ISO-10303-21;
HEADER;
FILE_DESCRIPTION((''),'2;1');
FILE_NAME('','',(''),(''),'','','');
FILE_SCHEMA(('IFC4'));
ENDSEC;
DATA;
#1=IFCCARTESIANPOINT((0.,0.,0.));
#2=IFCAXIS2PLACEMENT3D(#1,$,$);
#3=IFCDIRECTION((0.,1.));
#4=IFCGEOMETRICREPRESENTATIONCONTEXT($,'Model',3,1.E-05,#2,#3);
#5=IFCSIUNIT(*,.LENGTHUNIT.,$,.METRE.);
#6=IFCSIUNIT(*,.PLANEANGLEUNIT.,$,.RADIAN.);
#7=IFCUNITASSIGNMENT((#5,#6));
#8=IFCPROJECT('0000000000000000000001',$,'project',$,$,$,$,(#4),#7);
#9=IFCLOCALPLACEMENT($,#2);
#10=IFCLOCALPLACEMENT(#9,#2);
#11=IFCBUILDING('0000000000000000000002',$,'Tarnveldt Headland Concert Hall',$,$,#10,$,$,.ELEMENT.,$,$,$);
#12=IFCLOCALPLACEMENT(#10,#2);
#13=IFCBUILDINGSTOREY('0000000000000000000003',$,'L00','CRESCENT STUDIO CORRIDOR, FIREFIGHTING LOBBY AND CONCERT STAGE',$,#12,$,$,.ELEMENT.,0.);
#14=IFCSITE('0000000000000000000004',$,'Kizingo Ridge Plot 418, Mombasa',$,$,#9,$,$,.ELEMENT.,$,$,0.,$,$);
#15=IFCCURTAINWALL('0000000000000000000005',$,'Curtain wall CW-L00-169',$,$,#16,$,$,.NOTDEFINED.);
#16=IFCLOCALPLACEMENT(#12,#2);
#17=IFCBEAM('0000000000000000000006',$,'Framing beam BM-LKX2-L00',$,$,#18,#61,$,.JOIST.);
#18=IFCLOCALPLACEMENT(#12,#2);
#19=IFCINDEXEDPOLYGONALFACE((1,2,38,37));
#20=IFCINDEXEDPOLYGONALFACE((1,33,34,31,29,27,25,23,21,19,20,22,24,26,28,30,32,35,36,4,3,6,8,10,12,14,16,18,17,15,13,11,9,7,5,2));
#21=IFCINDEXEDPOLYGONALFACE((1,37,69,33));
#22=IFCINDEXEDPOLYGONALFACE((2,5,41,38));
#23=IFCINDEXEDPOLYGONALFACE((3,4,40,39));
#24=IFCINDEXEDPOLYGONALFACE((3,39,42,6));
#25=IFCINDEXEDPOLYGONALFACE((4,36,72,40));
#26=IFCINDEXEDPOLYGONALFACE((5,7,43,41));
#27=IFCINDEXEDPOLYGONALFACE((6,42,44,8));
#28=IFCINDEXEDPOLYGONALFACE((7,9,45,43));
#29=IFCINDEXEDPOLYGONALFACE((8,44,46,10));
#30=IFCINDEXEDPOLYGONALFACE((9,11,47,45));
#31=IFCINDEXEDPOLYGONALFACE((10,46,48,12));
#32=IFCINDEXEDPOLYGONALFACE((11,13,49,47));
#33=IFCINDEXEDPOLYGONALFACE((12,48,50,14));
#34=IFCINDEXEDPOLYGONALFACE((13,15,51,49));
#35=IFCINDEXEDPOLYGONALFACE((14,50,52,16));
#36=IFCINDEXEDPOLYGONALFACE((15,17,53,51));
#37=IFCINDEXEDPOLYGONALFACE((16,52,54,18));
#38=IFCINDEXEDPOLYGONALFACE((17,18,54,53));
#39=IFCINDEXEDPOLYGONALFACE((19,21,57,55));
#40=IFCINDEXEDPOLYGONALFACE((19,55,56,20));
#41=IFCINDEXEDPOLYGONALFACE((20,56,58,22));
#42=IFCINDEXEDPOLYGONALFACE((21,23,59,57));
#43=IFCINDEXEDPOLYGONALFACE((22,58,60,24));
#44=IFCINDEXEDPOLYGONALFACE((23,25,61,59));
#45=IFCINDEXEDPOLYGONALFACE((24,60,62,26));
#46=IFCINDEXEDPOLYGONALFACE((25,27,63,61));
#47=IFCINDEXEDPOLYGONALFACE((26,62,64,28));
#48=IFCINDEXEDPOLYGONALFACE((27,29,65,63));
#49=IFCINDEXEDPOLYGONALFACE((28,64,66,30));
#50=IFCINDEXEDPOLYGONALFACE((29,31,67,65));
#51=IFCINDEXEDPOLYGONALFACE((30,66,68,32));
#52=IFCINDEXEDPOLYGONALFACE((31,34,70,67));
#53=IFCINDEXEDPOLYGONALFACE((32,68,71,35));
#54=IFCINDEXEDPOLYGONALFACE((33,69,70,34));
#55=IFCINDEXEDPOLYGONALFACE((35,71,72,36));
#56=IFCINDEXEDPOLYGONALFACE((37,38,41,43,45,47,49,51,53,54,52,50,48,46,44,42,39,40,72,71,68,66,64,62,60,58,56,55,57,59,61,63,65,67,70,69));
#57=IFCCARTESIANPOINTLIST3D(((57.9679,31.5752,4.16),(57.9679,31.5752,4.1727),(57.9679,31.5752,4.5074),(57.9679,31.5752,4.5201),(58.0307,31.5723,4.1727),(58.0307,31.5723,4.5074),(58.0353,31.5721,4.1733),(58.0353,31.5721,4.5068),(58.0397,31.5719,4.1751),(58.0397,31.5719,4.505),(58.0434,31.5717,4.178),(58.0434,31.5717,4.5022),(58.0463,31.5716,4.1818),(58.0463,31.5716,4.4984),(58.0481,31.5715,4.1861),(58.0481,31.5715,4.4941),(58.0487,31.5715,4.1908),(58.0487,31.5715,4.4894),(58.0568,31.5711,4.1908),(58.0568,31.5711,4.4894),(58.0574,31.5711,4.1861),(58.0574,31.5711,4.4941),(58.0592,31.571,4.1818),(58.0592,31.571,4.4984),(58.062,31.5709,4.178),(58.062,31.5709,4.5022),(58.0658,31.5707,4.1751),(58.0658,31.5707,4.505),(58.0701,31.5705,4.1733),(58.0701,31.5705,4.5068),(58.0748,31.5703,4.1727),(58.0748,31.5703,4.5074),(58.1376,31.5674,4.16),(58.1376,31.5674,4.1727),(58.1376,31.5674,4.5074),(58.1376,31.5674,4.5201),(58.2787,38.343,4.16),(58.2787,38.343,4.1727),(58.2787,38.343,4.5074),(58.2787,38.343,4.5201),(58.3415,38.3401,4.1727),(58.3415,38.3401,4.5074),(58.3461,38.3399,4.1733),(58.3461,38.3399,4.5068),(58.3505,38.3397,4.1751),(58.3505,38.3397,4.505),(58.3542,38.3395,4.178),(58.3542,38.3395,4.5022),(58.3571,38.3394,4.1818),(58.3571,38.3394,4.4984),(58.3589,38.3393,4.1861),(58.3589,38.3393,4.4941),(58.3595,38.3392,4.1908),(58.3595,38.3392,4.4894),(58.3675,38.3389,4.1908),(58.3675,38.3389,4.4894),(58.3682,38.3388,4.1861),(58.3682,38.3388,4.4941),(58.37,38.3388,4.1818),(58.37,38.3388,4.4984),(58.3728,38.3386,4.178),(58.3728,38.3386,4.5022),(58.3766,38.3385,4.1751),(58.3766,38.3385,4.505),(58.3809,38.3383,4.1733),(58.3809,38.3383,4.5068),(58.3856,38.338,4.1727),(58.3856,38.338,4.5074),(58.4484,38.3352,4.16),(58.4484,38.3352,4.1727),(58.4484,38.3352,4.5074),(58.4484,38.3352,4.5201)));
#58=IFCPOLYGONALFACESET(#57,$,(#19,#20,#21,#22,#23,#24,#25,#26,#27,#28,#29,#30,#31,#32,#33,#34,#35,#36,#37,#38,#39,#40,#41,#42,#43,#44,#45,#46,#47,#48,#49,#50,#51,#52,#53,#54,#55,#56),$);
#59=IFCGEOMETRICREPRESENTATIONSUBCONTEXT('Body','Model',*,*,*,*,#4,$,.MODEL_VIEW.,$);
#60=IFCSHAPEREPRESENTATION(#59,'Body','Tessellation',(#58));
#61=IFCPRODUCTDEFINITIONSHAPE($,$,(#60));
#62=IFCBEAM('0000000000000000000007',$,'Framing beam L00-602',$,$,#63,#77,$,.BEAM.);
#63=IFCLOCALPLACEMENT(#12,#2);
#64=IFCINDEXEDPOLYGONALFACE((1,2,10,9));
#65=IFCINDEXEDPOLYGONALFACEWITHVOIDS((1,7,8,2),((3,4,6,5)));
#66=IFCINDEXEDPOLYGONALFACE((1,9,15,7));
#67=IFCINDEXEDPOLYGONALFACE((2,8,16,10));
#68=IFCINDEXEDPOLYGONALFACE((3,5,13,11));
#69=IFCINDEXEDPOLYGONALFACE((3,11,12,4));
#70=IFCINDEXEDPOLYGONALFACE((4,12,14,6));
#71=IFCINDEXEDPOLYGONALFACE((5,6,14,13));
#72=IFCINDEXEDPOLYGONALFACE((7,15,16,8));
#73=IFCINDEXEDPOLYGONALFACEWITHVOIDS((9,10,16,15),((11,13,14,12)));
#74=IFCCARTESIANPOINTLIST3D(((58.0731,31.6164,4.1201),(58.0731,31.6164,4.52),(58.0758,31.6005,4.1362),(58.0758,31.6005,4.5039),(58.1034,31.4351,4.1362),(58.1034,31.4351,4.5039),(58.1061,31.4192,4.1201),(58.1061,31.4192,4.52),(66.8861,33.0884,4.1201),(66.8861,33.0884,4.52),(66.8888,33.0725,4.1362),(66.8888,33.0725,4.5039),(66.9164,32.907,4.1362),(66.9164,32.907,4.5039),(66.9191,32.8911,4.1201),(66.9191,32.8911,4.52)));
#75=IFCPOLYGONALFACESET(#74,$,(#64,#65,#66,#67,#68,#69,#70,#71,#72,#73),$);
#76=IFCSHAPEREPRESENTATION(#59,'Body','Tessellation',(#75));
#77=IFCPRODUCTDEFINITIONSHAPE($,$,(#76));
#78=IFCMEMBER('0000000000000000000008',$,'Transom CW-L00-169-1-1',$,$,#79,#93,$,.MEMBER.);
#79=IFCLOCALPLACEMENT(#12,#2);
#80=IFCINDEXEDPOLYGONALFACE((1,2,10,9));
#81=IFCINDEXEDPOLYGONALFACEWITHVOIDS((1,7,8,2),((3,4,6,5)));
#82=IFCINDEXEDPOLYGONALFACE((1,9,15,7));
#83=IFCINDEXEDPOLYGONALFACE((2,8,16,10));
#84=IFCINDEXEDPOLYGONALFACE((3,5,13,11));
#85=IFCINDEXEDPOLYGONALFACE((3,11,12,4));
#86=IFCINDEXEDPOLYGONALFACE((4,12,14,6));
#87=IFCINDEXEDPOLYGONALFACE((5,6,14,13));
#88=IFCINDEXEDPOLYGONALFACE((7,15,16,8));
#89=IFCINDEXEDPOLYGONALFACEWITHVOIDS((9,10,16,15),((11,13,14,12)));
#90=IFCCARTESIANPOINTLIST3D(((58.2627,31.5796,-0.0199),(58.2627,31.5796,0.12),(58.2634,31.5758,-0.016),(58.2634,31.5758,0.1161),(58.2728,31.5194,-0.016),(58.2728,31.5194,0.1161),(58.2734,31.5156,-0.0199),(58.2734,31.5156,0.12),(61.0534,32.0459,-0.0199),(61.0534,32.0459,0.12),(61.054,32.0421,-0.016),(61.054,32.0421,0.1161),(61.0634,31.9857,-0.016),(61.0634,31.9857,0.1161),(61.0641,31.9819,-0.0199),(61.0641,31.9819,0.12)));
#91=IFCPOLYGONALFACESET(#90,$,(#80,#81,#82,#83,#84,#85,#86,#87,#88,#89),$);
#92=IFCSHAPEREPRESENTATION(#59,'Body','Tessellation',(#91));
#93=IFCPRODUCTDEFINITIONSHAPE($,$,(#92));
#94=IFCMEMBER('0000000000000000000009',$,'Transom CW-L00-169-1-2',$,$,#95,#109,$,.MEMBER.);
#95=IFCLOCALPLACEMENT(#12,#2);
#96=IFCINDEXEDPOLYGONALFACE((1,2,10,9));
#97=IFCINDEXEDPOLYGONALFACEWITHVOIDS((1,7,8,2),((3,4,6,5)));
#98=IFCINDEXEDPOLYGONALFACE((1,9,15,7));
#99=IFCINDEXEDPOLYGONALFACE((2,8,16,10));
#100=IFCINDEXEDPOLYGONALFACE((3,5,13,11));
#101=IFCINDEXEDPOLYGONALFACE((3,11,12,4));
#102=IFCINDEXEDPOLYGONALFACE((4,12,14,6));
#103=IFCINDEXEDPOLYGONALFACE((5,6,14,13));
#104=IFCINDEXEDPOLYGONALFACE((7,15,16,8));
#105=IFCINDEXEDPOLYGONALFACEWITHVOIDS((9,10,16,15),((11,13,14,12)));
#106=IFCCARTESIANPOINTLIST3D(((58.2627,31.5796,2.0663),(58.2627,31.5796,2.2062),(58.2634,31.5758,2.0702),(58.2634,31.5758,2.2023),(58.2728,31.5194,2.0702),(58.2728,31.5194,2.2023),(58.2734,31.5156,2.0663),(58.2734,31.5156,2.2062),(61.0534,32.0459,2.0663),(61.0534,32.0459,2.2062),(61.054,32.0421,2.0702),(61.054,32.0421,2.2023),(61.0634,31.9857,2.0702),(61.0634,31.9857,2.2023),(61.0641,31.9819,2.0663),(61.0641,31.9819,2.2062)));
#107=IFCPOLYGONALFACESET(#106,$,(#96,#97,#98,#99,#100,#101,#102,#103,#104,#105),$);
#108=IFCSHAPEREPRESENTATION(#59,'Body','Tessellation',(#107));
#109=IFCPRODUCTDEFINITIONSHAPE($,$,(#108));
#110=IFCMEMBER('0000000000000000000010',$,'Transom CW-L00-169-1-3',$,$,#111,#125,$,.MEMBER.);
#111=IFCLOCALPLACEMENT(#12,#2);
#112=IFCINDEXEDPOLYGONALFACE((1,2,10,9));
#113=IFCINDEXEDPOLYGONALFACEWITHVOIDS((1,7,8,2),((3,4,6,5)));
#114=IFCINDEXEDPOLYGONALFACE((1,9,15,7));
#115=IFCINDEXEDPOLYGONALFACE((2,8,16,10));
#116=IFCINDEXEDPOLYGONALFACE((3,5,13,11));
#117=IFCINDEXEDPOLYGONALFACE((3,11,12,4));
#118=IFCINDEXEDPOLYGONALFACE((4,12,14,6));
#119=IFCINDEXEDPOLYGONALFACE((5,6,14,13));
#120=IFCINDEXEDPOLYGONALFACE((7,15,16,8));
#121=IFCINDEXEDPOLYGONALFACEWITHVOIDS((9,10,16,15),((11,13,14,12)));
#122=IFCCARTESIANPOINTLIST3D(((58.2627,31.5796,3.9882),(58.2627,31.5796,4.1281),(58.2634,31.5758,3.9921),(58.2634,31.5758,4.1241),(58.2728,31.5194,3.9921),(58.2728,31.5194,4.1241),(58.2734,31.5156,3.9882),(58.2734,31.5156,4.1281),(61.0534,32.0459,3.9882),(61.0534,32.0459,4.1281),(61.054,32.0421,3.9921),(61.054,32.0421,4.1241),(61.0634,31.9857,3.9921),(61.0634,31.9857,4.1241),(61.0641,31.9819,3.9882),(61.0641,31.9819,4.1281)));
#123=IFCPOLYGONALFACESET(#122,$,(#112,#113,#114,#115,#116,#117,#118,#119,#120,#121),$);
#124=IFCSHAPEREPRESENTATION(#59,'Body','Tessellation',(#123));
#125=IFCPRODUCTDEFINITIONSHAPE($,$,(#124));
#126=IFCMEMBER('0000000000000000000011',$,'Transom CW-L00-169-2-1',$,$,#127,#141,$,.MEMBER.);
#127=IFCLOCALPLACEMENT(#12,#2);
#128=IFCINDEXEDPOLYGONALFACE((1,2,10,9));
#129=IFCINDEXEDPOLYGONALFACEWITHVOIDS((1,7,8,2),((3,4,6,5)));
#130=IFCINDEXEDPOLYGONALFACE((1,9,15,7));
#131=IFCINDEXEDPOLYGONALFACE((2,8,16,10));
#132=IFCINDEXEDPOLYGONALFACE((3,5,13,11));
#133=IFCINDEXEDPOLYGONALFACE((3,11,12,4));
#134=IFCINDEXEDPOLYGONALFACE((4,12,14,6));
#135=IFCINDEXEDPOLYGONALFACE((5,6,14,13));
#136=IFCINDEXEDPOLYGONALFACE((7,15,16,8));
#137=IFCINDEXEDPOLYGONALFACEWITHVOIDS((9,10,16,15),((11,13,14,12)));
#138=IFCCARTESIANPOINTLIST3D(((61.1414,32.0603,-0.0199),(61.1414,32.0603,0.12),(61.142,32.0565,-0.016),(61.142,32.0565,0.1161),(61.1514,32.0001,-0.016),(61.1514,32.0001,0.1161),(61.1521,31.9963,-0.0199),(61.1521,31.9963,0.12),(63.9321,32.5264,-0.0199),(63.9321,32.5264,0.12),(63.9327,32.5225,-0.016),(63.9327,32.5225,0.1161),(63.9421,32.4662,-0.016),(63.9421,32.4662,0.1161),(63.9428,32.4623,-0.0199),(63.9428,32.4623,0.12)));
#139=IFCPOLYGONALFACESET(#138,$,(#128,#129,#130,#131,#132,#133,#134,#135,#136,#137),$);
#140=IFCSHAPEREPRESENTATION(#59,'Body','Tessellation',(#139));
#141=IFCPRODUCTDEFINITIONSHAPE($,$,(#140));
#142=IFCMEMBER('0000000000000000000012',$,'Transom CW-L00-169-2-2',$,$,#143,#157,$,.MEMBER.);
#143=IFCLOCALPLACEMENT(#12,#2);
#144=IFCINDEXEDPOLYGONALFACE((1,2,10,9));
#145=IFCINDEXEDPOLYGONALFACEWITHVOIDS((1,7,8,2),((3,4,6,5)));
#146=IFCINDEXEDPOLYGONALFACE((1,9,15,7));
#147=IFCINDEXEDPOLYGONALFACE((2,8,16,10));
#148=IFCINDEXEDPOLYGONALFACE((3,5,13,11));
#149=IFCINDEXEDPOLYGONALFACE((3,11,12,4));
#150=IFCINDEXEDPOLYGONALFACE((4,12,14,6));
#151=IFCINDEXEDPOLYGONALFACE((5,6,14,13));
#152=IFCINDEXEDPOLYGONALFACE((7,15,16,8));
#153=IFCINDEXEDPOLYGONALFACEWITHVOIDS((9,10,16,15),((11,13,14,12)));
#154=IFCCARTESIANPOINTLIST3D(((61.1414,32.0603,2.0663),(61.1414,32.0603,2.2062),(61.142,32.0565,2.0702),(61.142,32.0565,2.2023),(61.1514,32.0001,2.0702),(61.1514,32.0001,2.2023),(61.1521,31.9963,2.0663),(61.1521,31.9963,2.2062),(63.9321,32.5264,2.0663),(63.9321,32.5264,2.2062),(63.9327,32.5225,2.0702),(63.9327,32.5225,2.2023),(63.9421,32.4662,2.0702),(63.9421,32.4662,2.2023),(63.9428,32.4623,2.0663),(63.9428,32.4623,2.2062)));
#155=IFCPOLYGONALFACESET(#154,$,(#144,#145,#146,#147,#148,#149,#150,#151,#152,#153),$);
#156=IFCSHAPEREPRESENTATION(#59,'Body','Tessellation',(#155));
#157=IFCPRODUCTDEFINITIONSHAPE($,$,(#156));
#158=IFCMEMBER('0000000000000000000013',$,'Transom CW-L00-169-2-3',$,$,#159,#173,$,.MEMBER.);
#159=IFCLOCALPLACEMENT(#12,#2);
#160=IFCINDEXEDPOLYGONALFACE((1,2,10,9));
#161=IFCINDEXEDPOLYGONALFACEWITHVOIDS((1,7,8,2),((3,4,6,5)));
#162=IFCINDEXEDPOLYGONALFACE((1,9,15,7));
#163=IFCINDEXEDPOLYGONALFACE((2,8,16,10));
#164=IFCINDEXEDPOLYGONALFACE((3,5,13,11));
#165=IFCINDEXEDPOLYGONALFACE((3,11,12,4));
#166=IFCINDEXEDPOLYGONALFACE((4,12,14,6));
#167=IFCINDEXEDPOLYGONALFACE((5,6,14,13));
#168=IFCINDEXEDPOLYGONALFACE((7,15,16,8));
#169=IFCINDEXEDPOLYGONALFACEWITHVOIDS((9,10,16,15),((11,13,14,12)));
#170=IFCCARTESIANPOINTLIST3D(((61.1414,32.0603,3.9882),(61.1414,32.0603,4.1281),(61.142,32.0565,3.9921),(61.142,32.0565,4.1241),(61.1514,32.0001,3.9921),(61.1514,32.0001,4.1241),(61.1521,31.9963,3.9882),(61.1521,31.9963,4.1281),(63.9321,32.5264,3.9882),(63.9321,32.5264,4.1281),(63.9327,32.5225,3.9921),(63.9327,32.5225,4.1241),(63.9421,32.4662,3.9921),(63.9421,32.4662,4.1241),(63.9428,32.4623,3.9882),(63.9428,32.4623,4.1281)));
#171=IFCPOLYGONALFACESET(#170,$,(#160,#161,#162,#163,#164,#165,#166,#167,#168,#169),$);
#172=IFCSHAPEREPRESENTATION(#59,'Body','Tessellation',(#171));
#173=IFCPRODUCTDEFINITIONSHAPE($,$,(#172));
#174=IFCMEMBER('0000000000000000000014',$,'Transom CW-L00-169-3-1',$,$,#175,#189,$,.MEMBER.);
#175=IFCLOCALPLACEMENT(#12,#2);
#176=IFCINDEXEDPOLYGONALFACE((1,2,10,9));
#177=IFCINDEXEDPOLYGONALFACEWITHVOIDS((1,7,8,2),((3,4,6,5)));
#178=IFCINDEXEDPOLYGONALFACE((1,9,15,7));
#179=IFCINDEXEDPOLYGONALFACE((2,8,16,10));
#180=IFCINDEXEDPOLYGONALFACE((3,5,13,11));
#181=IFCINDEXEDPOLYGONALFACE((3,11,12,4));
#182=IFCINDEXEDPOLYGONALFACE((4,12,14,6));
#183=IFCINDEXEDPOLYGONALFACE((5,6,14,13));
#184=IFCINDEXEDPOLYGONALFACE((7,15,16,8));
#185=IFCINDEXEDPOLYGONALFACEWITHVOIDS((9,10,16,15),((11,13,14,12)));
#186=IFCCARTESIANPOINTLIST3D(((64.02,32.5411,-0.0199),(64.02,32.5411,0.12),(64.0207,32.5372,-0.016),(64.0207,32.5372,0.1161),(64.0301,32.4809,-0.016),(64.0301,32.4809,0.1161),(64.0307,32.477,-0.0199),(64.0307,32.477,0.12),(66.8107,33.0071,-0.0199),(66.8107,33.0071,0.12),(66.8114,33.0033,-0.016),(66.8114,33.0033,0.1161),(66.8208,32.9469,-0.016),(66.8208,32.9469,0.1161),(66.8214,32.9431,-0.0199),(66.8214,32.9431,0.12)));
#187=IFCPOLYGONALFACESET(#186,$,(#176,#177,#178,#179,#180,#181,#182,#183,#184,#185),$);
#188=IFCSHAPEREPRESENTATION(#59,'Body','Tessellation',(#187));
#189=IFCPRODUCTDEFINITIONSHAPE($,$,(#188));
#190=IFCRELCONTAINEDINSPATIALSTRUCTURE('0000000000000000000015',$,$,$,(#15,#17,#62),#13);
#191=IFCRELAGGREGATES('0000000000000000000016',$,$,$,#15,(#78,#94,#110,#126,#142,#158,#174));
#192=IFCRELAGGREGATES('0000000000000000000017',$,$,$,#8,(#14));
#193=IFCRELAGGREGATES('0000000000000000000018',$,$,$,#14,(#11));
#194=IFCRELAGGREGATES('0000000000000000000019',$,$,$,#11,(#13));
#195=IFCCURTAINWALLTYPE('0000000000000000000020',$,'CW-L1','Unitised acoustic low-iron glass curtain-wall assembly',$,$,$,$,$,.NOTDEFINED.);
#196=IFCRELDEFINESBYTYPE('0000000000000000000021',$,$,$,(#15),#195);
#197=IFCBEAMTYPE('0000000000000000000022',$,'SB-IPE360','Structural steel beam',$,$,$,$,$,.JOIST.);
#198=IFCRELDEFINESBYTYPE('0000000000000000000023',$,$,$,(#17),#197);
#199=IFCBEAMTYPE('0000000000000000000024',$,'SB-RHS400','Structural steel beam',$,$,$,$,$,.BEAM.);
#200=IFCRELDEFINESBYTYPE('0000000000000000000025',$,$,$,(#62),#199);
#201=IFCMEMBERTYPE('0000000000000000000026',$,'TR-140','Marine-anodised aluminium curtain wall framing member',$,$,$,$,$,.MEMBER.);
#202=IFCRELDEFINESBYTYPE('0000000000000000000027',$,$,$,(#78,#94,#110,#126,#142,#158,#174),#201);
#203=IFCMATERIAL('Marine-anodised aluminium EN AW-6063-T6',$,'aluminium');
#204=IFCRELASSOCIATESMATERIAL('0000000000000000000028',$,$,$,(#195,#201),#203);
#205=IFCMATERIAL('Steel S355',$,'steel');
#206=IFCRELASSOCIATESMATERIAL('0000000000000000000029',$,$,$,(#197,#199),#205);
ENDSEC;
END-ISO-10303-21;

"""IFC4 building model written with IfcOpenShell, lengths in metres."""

from ifc_helpers import new_model, si_unit, direction, frame, origin, origin_2d, place, context, subcontext, project, spatial, hollow_rectangle, i_section, extrude, material, material_profile, profile_set, type_object, element, aggregate, save


model = new_model("IFC4")

# Units and contexts
model_context = context("Model", 3, precision=1e-05, world=origin(), true_north=direction((0.0, 1.0)))
body_context = subcontext(model_context, "Body", "Model", "MODEL_VIEW")
ifc_project = project(units=[si_unit("LENGTHUNIT", "METRE"), si_unit("PLANEANGLEUNIT", "RADIAN")], contexts=[model_context])

# Site, building, storey
site_placement = place(None, origin())
site = spatial("IfcSite", under=ifc_project, at=site_placement, Name="Kizingo Ridge Plot 418, Mombasa", CompositionType="ELEMENT", RefElevation=0.0)
building_placement = place(site_placement, origin())
building = spatial("IfcBuilding", under=site, at=building_placement, Name="Tarnveldt Headland Concert Hall", CompositionType="ELEMENT")
storey_placement = place(building_placement, origin())
storey = spatial("IfcBuildingStorey", under=building, at=storey_placement, Name="L00", Description="CRESCENT STUDIO CORRIDOR, FIREFIGHTING LOBBY AND CONCERT STAGE", CompositionType="ELEMENT", Elevation=0.0)

# Shared definitions
ifc_material_1 = material(Name="Steel S355", Category="steel")

# Shared definitions
ifc_material_2 = material(Name="Marine-anodised aluminium EN AW-6063-T6", Category="aluminium")
curtain_wall_type = type_object("IfcCurtainWallType", Name="CW-L1", Description="Unitised acoustic low-iron glass curtain-wall assembly", PredefinedType="NOTDEFINED", material=ifc_material_2)

# Curtain wall
curtain_wall_1_placement = place(storey_placement, origin())
curtain_wall_1 = element("IfcCurtainWall", 1, at=curtain_wall_1_placement, inside=storey, type_object=curtain_wall_type, Name="Curtain wall CW-L00-169", PredefinedType="NOTDEFINED")

# Beams
ifc_material_profile_1 = material_profile(ifc_material_1, i_section(OverallWidth=0.1699, OverallDepth=0.3601, WebThickness=0.0081, FlangeThickness=0.0127, FilletRadius=0.0181, at=origin_2d()), Name="IPE360", Category="steel")
ifc_profile_set_1 = profile_set([ifc_material_profile_1], Name="Steel S355")
beam_type_1 = type_object("IfcBeamType", Name="SB-IPE360", Description="Structural steel beam", PredefinedType="JOIST", material=ifc_profile_set_1)
beam_1_placement = place(storey_placement, frame((58.0527, 31.5713, 4.3401), z_axis=(0.045874, 0.998947, 0.0), x_axis=(-0.998947, 0.045874, 0.0)))
element("IfcBeam", 2, at=beam_1_placement, inside=storey, type_object=beam_type_1, Name="Framing beam BM-LKX2-L00", PredefinedType="JOIST", context=body_context, shape_type="SweptSolid", body=[
    extrude(i_section(OverallWidth=0.1699, OverallDepth=0.3601, WebThickness=0.0081, FlangeThickness=0.0127, FilletRadius=0.0181, at=origin_2d()), origin(), (0.0, 0.0, 1.0), 6.7749),
])
ifc_material_profile_2 = material_profile(ifc_material_1, hollow_rectangle(XDim=0.2, YDim=0.3999, WallThickness=0.0161, at=origin_2d()), Name="RHS 400x200x16", Category="steel")
ifc_profile_set_2 = profile_set([ifc_material_profile_2], Name="Steel S355")
beam_type_2 = type_object("IfcBeamType", Name="SB-RHS400", Description="Structural steel beam", PredefinedType="BEAM", material=ifc_profile_set_2)
beam_2_placement = place(storey_placement, frame((58.0896, 31.5178, 4.3201), z_axis=(0.986338, 0.164736, 0.0), x_axis=(-0.164736, 0.986338, 0.0)))
element("IfcBeam", 3, at=beam_2_placement, inside=storey, type_object=beam_type_2, Name="Framing beam L00-602", PredefinedType="BEAM", context=body_context, shape_type="SweptSolid", body=[
    extrude(hollow_rectangle(XDim=0.2, YDim=0.3999, WallThickness=0.0161, at=origin_2d()), origin(), (0.0, 0.0, 1.0), 8.9351),
])

# Members
ifc_material_profile_3 = material_profile(ifc_material_2, hollow_rectangle(XDim=0.0649, YDim=0.1399, WallThickness=0.0039, at=origin_2d()), Name="ALU TRANSOM 65x140x4", Category="aluminium")
ifc_profile_set_3 = profile_set([ifc_material_profile_3], Name="Marine-anodised aluminium EN AW-6063-T6")
member_type_1 = type_object("IfcMemberType", Name="TR-140", Description="Marine-anodised aluminium curtain wall framing member", PredefinedType="MEMBER", material=ifc_profile_set_3)
member_1_placement = place(storey_placement, frame((58.2681, 31.5476, 0.05), z_axis=(0.986326, 0.164805, 0.0), x_axis=(-0.164805, 0.986326, 0.0)))
member_1 = element("IfcMember", 4, at=member_1_placement, type_object=member_type_1, Name="Transom CW-L00-169-1-1", PredefinedType="MEMBER", context=body_context, shape_type="SweptSolid", body=[
    extrude(hollow_rectangle(XDim=0.0649, YDim=0.1399, WallThickness=0.0039, at=origin_2d()), origin(), (0.0, 0.0, 1.0), 2.8293),
])
member_2_placement = place(storey_placement, frame((58.2681, 31.5476, 2.1362), z_axis=(0.986326, 0.164805, 0.0), x_axis=(-0.164805, 0.986326, 0.0)))
member_2 = element("IfcMember", 5, at=member_2_placement, type_object=member_type_1, Name="Transom CW-L00-169-1-2", PredefinedType="MEMBER", context=body_context, shape_type="SweptSolid", body=[
    extrude(hollow_rectangle(XDim=0.0649, YDim=0.1399, WallThickness=0.0039, at=origin_2d()), origin(), (0.0, 0.0, 1.0), 2.8293),
])
member_3_placement = place(storey_placement, frame((58.2681, 31.5476, 4.0581), z_axis=(0.986326, 0.164805, 0.0), x_axis=(-0.164805, 0.986326, 0.0)))
member_3 = element("IfcMember", 6, at=member_3_placement, type_object=member_type_1, Name="Transom CW-L00-169-1-3", PredefinedType="MEMBER", context=body_context, shape_type="SweptSolid", body=[
    extrude(hollow_rectangle(XDim=0.0649, YDim=0.1399, WallThickness=0.0039, at=origin_2d()), origin(), (0.0, 0.0, 1.0), 2.8293),
])
member_4_placement = place(storey_placement, frame((61.1467, 32.0283, 0.05), z_axis=(0.98634, 0.164721, 0.0), x_axis=(-0.164721, 0.98634, 0.0)))
member_4 = element("IfcMember", 7, at=member_4_placement, type_object=member_type_1, Name="Transom CW-L00-169-2-1", PredefinedType="MEMBER", context=body_context, shape_type="SweptSolid", body=[
    extrude(hollow_rectangle(XDim=0.0649, YDim=0.1399, WallThickness=0.0039, at=origin_2d()), origin(), (0.0, 0.0, 1.0), 2.8293),
])
member_5_placement = place(storey_placement, frame((61.1467, 32.0283, 2.1362), z_axis=(0.98634, 0.164721, 0.0), x_axis=(-0.164721, 0.98634, 0.0)))
member_5 = element("IfcMember", 8, at=member_5_placement, type_object=member_type_1, Name="Transom CW-L00-169-2-2", PredefinedType="MEMBER", context=body_context, shape_type="SweptSolid", body=[
    extrude(hollow_rectangle(XDim=0.0649, YDim=0.1399, WallThickness=0.0039, at=origin_2d()), origin(), (0.0, 0.0, 1.0), 2.8293),
])
member_6_placement = place(storey_placement, frame((61.1467, 32.0283, 4.0581), z_axis=(0.98634, 0.164721, 0.0), x_axis=(-0.164721, 0.98634, 0.0)))
member_6 = element("IfcMember", 9, at=member_6_placement, type_object=member_type_1, Name="Transom CW-L00-169-2-3", PredefinedType="MEMBER", context=body_context, shape_type="SweptSolid", body=[
    extrude(hollow_rectangle(XDim=0.0649, YDim=0.1399, WallThickness=0.0039, at=origin_2d()), origin(), (0.0, 0.0, 1.0), 2.8293),
])
member_7_placement = place(storey_placement, frame((64.0254, 32.509, 0.05), z_axis=(0.98634, 0.164721, 0.0), x_axis=(-0.164721, 0.98634, 0.0)))
member_7 = element("IfcMember", 10, at=member_7_placement, type_object=member_type_1, Name="Transom CW-L00-169-3-1", PredefinedType="MEMBER", context=body_context, shape_type="SweptSolid", body=[
    extrude(hollow_rectangle(XDim=0.0649, YDim=0.1399, WallThickness=0.0039, at=origin_2d()), origin(), (0.0, 0.0, 1.0), 2.8293),
])

aggregate(curtain_wall_1, [member_1, member_2, member_3, member_4, member_5, member_6, member_7])

save(model, "model.ifc")
